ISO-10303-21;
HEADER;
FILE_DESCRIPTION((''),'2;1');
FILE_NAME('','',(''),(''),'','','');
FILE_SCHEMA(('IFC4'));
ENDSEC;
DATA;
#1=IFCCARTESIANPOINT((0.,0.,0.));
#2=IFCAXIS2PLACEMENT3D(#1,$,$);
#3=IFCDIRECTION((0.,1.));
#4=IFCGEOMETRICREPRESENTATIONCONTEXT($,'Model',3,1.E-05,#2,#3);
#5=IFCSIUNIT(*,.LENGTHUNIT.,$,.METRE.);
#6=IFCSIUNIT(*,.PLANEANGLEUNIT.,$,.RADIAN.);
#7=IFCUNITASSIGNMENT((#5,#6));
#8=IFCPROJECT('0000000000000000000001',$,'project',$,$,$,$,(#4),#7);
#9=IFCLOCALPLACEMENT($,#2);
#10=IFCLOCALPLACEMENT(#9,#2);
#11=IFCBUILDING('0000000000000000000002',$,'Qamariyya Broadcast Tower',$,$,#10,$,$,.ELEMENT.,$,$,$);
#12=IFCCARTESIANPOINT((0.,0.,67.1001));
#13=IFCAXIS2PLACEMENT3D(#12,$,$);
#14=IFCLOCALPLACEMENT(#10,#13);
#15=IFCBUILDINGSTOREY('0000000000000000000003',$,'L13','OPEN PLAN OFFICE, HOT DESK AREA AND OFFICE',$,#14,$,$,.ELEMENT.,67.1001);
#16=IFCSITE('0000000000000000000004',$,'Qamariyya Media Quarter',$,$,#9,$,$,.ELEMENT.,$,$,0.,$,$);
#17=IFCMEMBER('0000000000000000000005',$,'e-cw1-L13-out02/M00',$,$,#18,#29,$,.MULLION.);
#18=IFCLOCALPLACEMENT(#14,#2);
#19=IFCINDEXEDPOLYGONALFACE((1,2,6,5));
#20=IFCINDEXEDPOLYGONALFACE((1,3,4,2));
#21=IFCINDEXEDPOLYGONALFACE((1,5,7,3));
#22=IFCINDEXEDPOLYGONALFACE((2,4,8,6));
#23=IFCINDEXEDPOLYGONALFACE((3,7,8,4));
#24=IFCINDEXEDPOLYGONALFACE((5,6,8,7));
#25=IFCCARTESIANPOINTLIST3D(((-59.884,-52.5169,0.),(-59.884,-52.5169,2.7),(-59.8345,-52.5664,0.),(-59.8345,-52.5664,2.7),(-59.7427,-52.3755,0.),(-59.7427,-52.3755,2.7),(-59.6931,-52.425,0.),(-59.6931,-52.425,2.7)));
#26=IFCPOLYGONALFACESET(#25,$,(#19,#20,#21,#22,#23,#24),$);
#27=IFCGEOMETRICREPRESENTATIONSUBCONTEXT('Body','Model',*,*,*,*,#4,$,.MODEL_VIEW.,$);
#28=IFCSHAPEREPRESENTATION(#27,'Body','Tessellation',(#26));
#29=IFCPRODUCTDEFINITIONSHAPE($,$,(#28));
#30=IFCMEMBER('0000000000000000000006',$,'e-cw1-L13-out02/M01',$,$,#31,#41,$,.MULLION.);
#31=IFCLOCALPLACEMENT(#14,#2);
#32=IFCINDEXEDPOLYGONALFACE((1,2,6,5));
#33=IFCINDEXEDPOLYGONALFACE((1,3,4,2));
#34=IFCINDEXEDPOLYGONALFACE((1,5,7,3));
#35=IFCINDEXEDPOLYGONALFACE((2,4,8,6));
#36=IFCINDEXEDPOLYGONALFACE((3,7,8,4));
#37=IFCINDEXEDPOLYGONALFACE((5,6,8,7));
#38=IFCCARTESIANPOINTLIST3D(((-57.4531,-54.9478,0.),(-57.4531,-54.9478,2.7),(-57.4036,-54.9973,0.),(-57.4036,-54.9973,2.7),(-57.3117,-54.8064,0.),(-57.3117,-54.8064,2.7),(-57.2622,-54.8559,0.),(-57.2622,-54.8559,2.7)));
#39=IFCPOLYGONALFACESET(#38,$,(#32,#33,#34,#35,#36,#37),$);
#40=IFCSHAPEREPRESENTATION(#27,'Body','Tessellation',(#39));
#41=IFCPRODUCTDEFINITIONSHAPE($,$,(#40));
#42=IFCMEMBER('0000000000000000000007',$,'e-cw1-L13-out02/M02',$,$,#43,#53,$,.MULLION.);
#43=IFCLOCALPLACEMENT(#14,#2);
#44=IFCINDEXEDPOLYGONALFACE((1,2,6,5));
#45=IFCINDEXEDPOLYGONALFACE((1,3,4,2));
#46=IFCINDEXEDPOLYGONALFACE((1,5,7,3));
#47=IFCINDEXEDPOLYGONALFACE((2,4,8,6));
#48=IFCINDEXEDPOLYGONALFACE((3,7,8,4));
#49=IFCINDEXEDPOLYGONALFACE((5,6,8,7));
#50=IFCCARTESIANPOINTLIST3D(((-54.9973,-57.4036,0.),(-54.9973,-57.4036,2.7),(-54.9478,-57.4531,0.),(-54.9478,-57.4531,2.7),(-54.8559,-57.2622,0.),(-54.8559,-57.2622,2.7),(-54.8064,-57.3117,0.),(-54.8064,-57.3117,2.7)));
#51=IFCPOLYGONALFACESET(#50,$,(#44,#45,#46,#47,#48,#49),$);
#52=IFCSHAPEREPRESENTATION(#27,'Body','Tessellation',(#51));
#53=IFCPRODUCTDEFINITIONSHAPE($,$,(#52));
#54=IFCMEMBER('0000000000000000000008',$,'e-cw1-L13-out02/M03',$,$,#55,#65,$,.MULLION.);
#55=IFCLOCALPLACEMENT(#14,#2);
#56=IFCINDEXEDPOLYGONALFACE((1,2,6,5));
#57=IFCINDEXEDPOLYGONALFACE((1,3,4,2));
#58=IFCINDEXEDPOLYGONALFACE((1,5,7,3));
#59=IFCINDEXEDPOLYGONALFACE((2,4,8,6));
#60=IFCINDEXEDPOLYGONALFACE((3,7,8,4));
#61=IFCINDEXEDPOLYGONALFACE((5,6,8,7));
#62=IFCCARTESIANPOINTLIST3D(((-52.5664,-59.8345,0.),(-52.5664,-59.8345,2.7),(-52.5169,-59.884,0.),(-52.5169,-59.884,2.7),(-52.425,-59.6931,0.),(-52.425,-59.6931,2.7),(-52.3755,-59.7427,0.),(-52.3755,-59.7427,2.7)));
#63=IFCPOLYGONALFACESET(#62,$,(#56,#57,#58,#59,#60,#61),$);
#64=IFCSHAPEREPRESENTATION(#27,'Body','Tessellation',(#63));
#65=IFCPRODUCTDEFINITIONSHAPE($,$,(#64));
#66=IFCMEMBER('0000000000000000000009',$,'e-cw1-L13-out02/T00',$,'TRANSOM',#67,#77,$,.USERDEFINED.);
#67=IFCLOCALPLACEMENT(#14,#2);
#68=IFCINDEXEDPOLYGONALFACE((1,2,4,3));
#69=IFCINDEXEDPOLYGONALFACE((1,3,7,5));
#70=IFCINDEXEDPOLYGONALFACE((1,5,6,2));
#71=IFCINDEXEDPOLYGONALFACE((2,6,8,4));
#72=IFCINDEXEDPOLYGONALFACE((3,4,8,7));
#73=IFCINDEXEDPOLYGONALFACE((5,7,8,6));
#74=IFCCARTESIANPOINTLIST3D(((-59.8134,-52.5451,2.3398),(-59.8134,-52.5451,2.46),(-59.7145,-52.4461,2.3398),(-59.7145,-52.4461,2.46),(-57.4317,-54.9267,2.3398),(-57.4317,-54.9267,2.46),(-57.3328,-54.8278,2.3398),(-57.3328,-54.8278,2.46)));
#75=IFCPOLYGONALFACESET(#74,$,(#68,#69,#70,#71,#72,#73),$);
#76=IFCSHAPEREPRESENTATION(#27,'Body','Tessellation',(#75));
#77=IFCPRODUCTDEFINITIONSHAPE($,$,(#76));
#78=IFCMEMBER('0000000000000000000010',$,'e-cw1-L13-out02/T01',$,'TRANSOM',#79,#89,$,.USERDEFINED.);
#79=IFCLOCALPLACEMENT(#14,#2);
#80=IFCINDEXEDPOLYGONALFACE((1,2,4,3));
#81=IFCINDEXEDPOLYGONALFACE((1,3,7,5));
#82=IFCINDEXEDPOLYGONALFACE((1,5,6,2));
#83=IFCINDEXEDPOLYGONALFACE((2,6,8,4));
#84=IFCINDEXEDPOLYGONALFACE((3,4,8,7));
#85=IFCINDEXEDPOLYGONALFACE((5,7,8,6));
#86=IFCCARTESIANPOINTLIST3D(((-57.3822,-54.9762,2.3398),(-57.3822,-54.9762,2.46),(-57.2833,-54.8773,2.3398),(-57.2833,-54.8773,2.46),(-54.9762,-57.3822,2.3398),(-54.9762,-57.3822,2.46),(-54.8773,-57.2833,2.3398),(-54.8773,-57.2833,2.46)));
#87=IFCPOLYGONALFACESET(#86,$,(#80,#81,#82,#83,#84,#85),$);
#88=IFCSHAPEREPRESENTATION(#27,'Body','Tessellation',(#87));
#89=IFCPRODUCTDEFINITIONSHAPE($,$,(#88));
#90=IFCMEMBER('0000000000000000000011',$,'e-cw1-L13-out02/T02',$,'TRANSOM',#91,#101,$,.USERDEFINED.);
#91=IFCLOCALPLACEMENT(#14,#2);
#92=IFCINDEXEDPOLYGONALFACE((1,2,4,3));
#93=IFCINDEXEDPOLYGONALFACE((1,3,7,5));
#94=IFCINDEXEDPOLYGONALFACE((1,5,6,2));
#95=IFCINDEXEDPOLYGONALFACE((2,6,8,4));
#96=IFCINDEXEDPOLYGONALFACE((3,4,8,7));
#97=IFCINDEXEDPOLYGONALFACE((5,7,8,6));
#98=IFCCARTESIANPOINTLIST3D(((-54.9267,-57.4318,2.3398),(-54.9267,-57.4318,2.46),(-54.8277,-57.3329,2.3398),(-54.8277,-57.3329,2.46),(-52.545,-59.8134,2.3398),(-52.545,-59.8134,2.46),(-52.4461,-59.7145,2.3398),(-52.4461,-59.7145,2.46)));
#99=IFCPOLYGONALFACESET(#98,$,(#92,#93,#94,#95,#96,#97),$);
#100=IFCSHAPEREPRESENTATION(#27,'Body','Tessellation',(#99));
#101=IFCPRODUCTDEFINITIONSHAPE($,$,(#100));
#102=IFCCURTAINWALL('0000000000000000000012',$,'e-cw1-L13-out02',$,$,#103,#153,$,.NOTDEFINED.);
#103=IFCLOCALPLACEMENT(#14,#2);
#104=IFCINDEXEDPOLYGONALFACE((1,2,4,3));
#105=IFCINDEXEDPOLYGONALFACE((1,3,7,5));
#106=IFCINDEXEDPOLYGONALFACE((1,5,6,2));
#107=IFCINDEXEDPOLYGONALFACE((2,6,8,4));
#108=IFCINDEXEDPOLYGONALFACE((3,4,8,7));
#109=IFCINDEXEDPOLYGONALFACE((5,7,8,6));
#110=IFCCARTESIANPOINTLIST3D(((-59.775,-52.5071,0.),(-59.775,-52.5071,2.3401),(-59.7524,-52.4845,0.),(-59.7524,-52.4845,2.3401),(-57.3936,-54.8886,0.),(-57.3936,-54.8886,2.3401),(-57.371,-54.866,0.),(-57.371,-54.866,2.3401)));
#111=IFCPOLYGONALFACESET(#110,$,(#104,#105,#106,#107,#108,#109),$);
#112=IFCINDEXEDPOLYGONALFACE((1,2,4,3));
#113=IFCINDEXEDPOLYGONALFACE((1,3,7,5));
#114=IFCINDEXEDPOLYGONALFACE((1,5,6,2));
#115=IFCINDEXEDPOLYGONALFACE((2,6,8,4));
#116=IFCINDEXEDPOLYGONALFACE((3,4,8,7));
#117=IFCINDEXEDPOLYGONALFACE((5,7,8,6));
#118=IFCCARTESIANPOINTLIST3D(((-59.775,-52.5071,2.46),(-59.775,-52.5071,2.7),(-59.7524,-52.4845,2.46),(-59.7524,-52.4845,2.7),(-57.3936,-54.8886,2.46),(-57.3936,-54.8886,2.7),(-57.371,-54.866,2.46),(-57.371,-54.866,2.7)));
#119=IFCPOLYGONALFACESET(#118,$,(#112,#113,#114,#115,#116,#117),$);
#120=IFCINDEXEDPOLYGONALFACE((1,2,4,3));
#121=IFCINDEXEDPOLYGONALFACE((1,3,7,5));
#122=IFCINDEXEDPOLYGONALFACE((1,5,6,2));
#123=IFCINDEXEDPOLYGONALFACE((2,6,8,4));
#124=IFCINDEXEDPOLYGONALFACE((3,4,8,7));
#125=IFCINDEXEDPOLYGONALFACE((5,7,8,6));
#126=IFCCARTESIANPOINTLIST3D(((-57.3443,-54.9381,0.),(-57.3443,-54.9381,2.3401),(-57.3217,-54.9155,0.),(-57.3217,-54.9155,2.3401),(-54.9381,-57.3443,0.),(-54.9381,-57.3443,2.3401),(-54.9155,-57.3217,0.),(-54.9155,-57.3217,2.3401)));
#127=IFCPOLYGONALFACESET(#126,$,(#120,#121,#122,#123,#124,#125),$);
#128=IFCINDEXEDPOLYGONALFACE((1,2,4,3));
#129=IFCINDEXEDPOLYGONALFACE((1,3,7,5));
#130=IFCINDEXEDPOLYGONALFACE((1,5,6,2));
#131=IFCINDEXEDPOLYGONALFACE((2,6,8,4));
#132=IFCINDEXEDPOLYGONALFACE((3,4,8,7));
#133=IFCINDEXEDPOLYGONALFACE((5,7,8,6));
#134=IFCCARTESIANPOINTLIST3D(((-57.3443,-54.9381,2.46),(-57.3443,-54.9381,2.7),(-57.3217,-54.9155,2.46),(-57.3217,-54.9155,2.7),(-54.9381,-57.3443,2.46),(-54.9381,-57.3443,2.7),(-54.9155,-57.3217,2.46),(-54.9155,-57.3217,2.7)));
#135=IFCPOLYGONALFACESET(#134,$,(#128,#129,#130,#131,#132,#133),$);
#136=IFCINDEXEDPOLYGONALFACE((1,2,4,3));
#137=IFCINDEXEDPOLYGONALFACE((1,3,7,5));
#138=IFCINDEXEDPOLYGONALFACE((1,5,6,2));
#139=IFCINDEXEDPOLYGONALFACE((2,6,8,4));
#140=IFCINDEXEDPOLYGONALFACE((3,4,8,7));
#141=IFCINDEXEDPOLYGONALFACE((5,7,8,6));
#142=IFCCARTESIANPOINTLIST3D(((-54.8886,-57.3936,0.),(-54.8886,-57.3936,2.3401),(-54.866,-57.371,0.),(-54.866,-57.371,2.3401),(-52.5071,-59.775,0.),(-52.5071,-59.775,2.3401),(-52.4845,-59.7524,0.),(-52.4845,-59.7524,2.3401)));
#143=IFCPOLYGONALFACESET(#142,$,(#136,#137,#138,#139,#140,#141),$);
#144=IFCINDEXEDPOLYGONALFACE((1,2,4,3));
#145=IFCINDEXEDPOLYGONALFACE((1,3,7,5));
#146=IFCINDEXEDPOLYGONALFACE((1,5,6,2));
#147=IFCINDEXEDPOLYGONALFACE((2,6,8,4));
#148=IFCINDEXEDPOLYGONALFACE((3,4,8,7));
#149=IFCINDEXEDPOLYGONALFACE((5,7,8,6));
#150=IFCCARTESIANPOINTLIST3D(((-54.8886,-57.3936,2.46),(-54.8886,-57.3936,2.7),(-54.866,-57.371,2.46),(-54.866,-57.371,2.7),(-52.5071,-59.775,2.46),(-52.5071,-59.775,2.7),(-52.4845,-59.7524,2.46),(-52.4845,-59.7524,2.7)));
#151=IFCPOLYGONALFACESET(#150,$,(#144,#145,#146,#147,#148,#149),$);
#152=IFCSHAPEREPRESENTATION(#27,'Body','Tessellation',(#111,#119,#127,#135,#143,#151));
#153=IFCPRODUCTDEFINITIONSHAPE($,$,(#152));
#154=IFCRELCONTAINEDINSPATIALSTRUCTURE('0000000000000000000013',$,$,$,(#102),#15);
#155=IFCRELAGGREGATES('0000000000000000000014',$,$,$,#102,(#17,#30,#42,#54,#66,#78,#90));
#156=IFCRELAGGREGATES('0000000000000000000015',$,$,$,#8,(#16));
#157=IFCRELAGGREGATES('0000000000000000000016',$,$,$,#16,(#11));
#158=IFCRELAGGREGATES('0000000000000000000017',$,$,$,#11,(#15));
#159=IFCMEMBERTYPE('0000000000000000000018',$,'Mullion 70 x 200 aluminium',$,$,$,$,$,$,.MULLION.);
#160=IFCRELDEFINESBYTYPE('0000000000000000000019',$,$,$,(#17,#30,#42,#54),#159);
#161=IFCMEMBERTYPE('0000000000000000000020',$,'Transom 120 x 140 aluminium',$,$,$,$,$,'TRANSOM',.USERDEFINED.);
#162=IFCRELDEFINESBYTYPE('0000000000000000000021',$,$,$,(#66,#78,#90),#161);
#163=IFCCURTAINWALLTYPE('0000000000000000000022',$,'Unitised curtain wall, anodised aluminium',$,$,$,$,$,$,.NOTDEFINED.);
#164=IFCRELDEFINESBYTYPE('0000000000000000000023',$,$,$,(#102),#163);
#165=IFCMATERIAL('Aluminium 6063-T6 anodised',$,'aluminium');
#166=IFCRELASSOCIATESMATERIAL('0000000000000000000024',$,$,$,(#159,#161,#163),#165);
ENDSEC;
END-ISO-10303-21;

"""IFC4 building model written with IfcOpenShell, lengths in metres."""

from ifc_helpers import new_model, si_unit, direction, frame, origin, origin_2d, place, context, subcontext, project, spatial, rectangle, extrude, material, material_profile, profile_set, type_object, element, aggregate, save


model = new_model("IFC4")

# Units and contexts
model_context = context("Model", 3, precision=1e-05, world=origin(), true_north=direction((0.0, 1.0)))
body_context = subcontext(model_context, "Body", "Model", "MODEL_VIEW")
ifc_project = project(units=[si_unit("LENGTHUNIT", "METRE"), si_unit("PLANEANGLEUNIT", "RADIAN")], contexts=[model_context])

# Members
ifc_material = material(Name="Aluminium 6063-T6 anodised", Category="aluminium")
ifc_material_profile_1 = material_profile(ifc_material, rectangle(XDim=0.2, YDim=0.0701, at=origin_2d()))
ifc_profile_set_1 = profile_set([ifc_material_profile_1], Name="Aluminium 6063-T6 anodised")
member_type_1 = type_object("IfcMemberType", Name="Mullion 70 x 200 aluminium", PredefinedType="MULLION", material=ifc_profile_set_1)
site_placement = place(None, origin())
building_placement = place(site_placement, origin())
storey_placement = place(building_placement, frame((0.0, 0.0, 67.1001)))
member_1_placement = place(storey_placement, frame((-59.7886, -52.4709, 0.0), z_axis=(0.0, 0.0, 1.0), x_axis=(0.707107, 0.707107, 0.0)))
member_1 = element("IfcMember", 1, at=member_1_placement, type_object=member_type_1, Name="e-cw1-L13-out02/M00", PredefinedType="MULLION", context=body_context, shape_type="SweptSolid", body=[
    extrude(rectangle(XDim=0.2, YDim=0.0701, at=origin_2d()), origin(), (0.0, 0.0, 1.0), 2.7),
])
member_2_placement = place(storey_placement, frame((-57.3577, -54.9019, 0.0), z_axis=(0.0, 0.0, 1.0), x_axis=(0.707107, 0.707107, 0.0)))
member_2 = element("IfcMember", 2, at=member_2_placement, type_object=member_type_1, Name="e-cw1-L13-out02/M01", PredefinedType="MULLION", context=body_context, shape_type="SweptSolid", body=[
    extrude(rectangle(XDim=0.2, YDim=0.0701, at=origin_2d()), origin(), (0.0, 0.0, 1.0), 2.7),
])
member_3_placement = place(storey_placement, frame((-54.9019, -57.3577, 0.0), z_axis=(0.0, 0.0, 1.0), x_axis=(0.707107, 0.707107, 0.0)))
member_3 = element("IfcMember", 3, at=member_3_placement, type_object=member_type_1, Name="e-cw1-L13-out02/M02", PredefinedType="MULLION", context=body_context, shape_type="SweptSolid", body=[
    extrude(rectangle(XDim=0.2, YDim=0.0701, at=origin_2d()), origin(), (0.0, 0.0, 1.0), 2.7),
])
member_4_placement = place(storey_placement, frame((-52.4709, -59.7886, 0.0), z_axis=(0.0, 0.0, 1.0), x_axis=(0.707107, 0.707107, 0.0)))
member_4 = element("IfcMember", 4, at=member_4_placement, type_object=member_type_1, Name="e-cw1-L13-out02/M03", PredefinedType="MULLION", context=body_context, shape_type="SweptSolid", body=[
    extrude(rectangle(XDim=0.2, YDim=0.0701, at=origin_2d()), origin(), (0.0, 0.0, 1.0), 2.7),
])
ifc_material_profile_2 = material_profile(ifc_material, rectangle(XDim=0.1399, YDim=0.1201, at=origin_2d()))
ifc_profile_set_2 = profile_set([ifc_material_profile_2], Name="Aluminium 6063-T6 anodised")
member_type_2 = type_object("IfcMemberType", Name="Transom 120 x 140 aluminium", ElementType="TRANSOM", PredefinedType="USERDEFINED", material=ifc_profile_set_2)
member_5_placement = place(storey_placement, frame((-59.7639, -52.4956, 2.3999), z_axis=(0.707107, -0.707107, 0.0), x_axis=(0.707107, 0.707107, 0.0)))
member_5 = element("IfcMember", 5, at=member_5_placement, type_object=member_type_2, Name="e-cw1-L13-out02/T00", ObjectType="TRANSOM", PredefinedType="USERDEFINED", context=body_context, shape_type="SweptSolid", body=[
    extrude(rectangle(XDim=0.1399, YDim=0.1201, at=origin_2d()), origin(), (0.0, 0.0, 1.0), 3.3682),
])
member_6_placement = place(storey_placement, frame((-57.3328, -54.9268, 2.3999), z_axis=(0.707107, -0.707107, 0.0), x_axis=(0.707107, 0.707107, 0.0)))
member_6 = element("IfcMember", 6, at=member_6_placement, type_object=member_type_2, Name="e-cw1-L13-out02/T01", ObjectType="TRANSOM", PredefinedType="USERDEFINED", context=body_context, shape_type="SweptSolid", body=[
    extrude(rectangle(XDim=0.1399, YDim=0.1201, at=origin_2d()), origin(), (0.0, 0.0, 1.0), 3.4026),
])
member_7_placement = place(storey_placement, frame((-54.8772, -57.3823, 2.3999), z_axis=(0.707107, -0.707107, 0.0), x_axis=(0.707107, 0.707107, 0.0)))
member_7 = element("IfcMember", 7, at=member_7_placement, type_object=member_type_2, Name="e-cw1-L13-out02/T02", ObjectType="TRANSOM", PredefinedType="USERDEFINED", context=body_context, shape_type="SweptSolid", body=[
    extrude(rectangle(XDim=0.1399, YDim=0.1201, at=origin_2d()), origin(), (0.0, 0.0, 1.0), 3.3682),
])

# Site, building, storey
site = spatial("IfcSite", under=ifc_project, at=site_placement, Name="Qamariyya Media Quarter", CompositionType="ELEMENT", RefElevation=0.0)
building = spatial("IfcBuilding", under=site, at=building_placement, Name="Qamariyya Broadcast Tower", CompositionType="ELEMENT")
storey = spatial("IfcBuildingStorey", under=building, at=storey_placement, Name="L13", Description="OPEN PLAN OFFICE, HOT DESK AREA AND OFFICE", CompositionType="ELEMENT", Elevation=67.1001)

# Curtain wall
curtain_wall_type = type_object("IfcCurtainWallType", Name="Unitised curtain wall, anodised aluminium", PredefinedType="NOTDEFINED", material=ifc_material)
curtain_wall_1_placement = place(storey_placement, origin())
curtain_wall_1 = element("IfcCurtainWall", 8, at=curtain_wall_1_placement, inside=storey, type_object=curtain_wall_type, Name="e-cw1-L13-out02", PredefinedType="NOTDEFINED", context=body_context, shape_type="SweptSolid", body=[
    extrude(rectangle(XDim=3.3679, YDim=0.032, at=origin_2d()), frame((-58.573, -53.6865, 0.0), x_axis=(0.707107, -0.707107, 0.0)), (0.0, 0.0, 1.0), 2.3401),
    extrude(rectangle(XDim=3.3679, YDim=0.032, at=origin_2d()), frame((-58.573, -53.6865, 2.46), x_axis=(0.707107, -0.707107, 0.0)), (0.0, 0.0, 1.0), 0.24),
    extrude(rectangle(XDim=3.4028, YDim=0.032, at=origin_2d()), frame((-56.1299, -56.1299, 0.0), x_axis=(0.707107, -0.707107, 0.0)), (0.0, 0.0, 1.0), 2.3401),
    extrude(rectangle(XDim=3.4028, YDim=0.032, at=origin_2d()), frame((-56.1299, -56.1299, 2.46), x_axis=(0.707107, -0.707107, 0.0)), (0.0, 0.0, 1.0), 0.24),
    extrude(rectangle(XDim=3.3679, YDim=0.032, at=origin_2d()), frame((-53.6865, -58.573, 0.0), x_axis=(0.707107, -0.707107, 0.0)), (0.0, 0.0, 1.0), 2.3401),
    extrude(rectangle(XDim=3.3679, YDim=0.032, at=origin_2d()), frame((-53.6865, -58.573, 2.46), x_axis=(0.707107, -0.707107, 0.0)), (0.0, 0.0, 1.0), 0.24),
])
aggregate(curtain_wall_1, [member_1, member_2, member_3, member_4, member_5, member_6, member_7])

save(model, "model.ifc")
